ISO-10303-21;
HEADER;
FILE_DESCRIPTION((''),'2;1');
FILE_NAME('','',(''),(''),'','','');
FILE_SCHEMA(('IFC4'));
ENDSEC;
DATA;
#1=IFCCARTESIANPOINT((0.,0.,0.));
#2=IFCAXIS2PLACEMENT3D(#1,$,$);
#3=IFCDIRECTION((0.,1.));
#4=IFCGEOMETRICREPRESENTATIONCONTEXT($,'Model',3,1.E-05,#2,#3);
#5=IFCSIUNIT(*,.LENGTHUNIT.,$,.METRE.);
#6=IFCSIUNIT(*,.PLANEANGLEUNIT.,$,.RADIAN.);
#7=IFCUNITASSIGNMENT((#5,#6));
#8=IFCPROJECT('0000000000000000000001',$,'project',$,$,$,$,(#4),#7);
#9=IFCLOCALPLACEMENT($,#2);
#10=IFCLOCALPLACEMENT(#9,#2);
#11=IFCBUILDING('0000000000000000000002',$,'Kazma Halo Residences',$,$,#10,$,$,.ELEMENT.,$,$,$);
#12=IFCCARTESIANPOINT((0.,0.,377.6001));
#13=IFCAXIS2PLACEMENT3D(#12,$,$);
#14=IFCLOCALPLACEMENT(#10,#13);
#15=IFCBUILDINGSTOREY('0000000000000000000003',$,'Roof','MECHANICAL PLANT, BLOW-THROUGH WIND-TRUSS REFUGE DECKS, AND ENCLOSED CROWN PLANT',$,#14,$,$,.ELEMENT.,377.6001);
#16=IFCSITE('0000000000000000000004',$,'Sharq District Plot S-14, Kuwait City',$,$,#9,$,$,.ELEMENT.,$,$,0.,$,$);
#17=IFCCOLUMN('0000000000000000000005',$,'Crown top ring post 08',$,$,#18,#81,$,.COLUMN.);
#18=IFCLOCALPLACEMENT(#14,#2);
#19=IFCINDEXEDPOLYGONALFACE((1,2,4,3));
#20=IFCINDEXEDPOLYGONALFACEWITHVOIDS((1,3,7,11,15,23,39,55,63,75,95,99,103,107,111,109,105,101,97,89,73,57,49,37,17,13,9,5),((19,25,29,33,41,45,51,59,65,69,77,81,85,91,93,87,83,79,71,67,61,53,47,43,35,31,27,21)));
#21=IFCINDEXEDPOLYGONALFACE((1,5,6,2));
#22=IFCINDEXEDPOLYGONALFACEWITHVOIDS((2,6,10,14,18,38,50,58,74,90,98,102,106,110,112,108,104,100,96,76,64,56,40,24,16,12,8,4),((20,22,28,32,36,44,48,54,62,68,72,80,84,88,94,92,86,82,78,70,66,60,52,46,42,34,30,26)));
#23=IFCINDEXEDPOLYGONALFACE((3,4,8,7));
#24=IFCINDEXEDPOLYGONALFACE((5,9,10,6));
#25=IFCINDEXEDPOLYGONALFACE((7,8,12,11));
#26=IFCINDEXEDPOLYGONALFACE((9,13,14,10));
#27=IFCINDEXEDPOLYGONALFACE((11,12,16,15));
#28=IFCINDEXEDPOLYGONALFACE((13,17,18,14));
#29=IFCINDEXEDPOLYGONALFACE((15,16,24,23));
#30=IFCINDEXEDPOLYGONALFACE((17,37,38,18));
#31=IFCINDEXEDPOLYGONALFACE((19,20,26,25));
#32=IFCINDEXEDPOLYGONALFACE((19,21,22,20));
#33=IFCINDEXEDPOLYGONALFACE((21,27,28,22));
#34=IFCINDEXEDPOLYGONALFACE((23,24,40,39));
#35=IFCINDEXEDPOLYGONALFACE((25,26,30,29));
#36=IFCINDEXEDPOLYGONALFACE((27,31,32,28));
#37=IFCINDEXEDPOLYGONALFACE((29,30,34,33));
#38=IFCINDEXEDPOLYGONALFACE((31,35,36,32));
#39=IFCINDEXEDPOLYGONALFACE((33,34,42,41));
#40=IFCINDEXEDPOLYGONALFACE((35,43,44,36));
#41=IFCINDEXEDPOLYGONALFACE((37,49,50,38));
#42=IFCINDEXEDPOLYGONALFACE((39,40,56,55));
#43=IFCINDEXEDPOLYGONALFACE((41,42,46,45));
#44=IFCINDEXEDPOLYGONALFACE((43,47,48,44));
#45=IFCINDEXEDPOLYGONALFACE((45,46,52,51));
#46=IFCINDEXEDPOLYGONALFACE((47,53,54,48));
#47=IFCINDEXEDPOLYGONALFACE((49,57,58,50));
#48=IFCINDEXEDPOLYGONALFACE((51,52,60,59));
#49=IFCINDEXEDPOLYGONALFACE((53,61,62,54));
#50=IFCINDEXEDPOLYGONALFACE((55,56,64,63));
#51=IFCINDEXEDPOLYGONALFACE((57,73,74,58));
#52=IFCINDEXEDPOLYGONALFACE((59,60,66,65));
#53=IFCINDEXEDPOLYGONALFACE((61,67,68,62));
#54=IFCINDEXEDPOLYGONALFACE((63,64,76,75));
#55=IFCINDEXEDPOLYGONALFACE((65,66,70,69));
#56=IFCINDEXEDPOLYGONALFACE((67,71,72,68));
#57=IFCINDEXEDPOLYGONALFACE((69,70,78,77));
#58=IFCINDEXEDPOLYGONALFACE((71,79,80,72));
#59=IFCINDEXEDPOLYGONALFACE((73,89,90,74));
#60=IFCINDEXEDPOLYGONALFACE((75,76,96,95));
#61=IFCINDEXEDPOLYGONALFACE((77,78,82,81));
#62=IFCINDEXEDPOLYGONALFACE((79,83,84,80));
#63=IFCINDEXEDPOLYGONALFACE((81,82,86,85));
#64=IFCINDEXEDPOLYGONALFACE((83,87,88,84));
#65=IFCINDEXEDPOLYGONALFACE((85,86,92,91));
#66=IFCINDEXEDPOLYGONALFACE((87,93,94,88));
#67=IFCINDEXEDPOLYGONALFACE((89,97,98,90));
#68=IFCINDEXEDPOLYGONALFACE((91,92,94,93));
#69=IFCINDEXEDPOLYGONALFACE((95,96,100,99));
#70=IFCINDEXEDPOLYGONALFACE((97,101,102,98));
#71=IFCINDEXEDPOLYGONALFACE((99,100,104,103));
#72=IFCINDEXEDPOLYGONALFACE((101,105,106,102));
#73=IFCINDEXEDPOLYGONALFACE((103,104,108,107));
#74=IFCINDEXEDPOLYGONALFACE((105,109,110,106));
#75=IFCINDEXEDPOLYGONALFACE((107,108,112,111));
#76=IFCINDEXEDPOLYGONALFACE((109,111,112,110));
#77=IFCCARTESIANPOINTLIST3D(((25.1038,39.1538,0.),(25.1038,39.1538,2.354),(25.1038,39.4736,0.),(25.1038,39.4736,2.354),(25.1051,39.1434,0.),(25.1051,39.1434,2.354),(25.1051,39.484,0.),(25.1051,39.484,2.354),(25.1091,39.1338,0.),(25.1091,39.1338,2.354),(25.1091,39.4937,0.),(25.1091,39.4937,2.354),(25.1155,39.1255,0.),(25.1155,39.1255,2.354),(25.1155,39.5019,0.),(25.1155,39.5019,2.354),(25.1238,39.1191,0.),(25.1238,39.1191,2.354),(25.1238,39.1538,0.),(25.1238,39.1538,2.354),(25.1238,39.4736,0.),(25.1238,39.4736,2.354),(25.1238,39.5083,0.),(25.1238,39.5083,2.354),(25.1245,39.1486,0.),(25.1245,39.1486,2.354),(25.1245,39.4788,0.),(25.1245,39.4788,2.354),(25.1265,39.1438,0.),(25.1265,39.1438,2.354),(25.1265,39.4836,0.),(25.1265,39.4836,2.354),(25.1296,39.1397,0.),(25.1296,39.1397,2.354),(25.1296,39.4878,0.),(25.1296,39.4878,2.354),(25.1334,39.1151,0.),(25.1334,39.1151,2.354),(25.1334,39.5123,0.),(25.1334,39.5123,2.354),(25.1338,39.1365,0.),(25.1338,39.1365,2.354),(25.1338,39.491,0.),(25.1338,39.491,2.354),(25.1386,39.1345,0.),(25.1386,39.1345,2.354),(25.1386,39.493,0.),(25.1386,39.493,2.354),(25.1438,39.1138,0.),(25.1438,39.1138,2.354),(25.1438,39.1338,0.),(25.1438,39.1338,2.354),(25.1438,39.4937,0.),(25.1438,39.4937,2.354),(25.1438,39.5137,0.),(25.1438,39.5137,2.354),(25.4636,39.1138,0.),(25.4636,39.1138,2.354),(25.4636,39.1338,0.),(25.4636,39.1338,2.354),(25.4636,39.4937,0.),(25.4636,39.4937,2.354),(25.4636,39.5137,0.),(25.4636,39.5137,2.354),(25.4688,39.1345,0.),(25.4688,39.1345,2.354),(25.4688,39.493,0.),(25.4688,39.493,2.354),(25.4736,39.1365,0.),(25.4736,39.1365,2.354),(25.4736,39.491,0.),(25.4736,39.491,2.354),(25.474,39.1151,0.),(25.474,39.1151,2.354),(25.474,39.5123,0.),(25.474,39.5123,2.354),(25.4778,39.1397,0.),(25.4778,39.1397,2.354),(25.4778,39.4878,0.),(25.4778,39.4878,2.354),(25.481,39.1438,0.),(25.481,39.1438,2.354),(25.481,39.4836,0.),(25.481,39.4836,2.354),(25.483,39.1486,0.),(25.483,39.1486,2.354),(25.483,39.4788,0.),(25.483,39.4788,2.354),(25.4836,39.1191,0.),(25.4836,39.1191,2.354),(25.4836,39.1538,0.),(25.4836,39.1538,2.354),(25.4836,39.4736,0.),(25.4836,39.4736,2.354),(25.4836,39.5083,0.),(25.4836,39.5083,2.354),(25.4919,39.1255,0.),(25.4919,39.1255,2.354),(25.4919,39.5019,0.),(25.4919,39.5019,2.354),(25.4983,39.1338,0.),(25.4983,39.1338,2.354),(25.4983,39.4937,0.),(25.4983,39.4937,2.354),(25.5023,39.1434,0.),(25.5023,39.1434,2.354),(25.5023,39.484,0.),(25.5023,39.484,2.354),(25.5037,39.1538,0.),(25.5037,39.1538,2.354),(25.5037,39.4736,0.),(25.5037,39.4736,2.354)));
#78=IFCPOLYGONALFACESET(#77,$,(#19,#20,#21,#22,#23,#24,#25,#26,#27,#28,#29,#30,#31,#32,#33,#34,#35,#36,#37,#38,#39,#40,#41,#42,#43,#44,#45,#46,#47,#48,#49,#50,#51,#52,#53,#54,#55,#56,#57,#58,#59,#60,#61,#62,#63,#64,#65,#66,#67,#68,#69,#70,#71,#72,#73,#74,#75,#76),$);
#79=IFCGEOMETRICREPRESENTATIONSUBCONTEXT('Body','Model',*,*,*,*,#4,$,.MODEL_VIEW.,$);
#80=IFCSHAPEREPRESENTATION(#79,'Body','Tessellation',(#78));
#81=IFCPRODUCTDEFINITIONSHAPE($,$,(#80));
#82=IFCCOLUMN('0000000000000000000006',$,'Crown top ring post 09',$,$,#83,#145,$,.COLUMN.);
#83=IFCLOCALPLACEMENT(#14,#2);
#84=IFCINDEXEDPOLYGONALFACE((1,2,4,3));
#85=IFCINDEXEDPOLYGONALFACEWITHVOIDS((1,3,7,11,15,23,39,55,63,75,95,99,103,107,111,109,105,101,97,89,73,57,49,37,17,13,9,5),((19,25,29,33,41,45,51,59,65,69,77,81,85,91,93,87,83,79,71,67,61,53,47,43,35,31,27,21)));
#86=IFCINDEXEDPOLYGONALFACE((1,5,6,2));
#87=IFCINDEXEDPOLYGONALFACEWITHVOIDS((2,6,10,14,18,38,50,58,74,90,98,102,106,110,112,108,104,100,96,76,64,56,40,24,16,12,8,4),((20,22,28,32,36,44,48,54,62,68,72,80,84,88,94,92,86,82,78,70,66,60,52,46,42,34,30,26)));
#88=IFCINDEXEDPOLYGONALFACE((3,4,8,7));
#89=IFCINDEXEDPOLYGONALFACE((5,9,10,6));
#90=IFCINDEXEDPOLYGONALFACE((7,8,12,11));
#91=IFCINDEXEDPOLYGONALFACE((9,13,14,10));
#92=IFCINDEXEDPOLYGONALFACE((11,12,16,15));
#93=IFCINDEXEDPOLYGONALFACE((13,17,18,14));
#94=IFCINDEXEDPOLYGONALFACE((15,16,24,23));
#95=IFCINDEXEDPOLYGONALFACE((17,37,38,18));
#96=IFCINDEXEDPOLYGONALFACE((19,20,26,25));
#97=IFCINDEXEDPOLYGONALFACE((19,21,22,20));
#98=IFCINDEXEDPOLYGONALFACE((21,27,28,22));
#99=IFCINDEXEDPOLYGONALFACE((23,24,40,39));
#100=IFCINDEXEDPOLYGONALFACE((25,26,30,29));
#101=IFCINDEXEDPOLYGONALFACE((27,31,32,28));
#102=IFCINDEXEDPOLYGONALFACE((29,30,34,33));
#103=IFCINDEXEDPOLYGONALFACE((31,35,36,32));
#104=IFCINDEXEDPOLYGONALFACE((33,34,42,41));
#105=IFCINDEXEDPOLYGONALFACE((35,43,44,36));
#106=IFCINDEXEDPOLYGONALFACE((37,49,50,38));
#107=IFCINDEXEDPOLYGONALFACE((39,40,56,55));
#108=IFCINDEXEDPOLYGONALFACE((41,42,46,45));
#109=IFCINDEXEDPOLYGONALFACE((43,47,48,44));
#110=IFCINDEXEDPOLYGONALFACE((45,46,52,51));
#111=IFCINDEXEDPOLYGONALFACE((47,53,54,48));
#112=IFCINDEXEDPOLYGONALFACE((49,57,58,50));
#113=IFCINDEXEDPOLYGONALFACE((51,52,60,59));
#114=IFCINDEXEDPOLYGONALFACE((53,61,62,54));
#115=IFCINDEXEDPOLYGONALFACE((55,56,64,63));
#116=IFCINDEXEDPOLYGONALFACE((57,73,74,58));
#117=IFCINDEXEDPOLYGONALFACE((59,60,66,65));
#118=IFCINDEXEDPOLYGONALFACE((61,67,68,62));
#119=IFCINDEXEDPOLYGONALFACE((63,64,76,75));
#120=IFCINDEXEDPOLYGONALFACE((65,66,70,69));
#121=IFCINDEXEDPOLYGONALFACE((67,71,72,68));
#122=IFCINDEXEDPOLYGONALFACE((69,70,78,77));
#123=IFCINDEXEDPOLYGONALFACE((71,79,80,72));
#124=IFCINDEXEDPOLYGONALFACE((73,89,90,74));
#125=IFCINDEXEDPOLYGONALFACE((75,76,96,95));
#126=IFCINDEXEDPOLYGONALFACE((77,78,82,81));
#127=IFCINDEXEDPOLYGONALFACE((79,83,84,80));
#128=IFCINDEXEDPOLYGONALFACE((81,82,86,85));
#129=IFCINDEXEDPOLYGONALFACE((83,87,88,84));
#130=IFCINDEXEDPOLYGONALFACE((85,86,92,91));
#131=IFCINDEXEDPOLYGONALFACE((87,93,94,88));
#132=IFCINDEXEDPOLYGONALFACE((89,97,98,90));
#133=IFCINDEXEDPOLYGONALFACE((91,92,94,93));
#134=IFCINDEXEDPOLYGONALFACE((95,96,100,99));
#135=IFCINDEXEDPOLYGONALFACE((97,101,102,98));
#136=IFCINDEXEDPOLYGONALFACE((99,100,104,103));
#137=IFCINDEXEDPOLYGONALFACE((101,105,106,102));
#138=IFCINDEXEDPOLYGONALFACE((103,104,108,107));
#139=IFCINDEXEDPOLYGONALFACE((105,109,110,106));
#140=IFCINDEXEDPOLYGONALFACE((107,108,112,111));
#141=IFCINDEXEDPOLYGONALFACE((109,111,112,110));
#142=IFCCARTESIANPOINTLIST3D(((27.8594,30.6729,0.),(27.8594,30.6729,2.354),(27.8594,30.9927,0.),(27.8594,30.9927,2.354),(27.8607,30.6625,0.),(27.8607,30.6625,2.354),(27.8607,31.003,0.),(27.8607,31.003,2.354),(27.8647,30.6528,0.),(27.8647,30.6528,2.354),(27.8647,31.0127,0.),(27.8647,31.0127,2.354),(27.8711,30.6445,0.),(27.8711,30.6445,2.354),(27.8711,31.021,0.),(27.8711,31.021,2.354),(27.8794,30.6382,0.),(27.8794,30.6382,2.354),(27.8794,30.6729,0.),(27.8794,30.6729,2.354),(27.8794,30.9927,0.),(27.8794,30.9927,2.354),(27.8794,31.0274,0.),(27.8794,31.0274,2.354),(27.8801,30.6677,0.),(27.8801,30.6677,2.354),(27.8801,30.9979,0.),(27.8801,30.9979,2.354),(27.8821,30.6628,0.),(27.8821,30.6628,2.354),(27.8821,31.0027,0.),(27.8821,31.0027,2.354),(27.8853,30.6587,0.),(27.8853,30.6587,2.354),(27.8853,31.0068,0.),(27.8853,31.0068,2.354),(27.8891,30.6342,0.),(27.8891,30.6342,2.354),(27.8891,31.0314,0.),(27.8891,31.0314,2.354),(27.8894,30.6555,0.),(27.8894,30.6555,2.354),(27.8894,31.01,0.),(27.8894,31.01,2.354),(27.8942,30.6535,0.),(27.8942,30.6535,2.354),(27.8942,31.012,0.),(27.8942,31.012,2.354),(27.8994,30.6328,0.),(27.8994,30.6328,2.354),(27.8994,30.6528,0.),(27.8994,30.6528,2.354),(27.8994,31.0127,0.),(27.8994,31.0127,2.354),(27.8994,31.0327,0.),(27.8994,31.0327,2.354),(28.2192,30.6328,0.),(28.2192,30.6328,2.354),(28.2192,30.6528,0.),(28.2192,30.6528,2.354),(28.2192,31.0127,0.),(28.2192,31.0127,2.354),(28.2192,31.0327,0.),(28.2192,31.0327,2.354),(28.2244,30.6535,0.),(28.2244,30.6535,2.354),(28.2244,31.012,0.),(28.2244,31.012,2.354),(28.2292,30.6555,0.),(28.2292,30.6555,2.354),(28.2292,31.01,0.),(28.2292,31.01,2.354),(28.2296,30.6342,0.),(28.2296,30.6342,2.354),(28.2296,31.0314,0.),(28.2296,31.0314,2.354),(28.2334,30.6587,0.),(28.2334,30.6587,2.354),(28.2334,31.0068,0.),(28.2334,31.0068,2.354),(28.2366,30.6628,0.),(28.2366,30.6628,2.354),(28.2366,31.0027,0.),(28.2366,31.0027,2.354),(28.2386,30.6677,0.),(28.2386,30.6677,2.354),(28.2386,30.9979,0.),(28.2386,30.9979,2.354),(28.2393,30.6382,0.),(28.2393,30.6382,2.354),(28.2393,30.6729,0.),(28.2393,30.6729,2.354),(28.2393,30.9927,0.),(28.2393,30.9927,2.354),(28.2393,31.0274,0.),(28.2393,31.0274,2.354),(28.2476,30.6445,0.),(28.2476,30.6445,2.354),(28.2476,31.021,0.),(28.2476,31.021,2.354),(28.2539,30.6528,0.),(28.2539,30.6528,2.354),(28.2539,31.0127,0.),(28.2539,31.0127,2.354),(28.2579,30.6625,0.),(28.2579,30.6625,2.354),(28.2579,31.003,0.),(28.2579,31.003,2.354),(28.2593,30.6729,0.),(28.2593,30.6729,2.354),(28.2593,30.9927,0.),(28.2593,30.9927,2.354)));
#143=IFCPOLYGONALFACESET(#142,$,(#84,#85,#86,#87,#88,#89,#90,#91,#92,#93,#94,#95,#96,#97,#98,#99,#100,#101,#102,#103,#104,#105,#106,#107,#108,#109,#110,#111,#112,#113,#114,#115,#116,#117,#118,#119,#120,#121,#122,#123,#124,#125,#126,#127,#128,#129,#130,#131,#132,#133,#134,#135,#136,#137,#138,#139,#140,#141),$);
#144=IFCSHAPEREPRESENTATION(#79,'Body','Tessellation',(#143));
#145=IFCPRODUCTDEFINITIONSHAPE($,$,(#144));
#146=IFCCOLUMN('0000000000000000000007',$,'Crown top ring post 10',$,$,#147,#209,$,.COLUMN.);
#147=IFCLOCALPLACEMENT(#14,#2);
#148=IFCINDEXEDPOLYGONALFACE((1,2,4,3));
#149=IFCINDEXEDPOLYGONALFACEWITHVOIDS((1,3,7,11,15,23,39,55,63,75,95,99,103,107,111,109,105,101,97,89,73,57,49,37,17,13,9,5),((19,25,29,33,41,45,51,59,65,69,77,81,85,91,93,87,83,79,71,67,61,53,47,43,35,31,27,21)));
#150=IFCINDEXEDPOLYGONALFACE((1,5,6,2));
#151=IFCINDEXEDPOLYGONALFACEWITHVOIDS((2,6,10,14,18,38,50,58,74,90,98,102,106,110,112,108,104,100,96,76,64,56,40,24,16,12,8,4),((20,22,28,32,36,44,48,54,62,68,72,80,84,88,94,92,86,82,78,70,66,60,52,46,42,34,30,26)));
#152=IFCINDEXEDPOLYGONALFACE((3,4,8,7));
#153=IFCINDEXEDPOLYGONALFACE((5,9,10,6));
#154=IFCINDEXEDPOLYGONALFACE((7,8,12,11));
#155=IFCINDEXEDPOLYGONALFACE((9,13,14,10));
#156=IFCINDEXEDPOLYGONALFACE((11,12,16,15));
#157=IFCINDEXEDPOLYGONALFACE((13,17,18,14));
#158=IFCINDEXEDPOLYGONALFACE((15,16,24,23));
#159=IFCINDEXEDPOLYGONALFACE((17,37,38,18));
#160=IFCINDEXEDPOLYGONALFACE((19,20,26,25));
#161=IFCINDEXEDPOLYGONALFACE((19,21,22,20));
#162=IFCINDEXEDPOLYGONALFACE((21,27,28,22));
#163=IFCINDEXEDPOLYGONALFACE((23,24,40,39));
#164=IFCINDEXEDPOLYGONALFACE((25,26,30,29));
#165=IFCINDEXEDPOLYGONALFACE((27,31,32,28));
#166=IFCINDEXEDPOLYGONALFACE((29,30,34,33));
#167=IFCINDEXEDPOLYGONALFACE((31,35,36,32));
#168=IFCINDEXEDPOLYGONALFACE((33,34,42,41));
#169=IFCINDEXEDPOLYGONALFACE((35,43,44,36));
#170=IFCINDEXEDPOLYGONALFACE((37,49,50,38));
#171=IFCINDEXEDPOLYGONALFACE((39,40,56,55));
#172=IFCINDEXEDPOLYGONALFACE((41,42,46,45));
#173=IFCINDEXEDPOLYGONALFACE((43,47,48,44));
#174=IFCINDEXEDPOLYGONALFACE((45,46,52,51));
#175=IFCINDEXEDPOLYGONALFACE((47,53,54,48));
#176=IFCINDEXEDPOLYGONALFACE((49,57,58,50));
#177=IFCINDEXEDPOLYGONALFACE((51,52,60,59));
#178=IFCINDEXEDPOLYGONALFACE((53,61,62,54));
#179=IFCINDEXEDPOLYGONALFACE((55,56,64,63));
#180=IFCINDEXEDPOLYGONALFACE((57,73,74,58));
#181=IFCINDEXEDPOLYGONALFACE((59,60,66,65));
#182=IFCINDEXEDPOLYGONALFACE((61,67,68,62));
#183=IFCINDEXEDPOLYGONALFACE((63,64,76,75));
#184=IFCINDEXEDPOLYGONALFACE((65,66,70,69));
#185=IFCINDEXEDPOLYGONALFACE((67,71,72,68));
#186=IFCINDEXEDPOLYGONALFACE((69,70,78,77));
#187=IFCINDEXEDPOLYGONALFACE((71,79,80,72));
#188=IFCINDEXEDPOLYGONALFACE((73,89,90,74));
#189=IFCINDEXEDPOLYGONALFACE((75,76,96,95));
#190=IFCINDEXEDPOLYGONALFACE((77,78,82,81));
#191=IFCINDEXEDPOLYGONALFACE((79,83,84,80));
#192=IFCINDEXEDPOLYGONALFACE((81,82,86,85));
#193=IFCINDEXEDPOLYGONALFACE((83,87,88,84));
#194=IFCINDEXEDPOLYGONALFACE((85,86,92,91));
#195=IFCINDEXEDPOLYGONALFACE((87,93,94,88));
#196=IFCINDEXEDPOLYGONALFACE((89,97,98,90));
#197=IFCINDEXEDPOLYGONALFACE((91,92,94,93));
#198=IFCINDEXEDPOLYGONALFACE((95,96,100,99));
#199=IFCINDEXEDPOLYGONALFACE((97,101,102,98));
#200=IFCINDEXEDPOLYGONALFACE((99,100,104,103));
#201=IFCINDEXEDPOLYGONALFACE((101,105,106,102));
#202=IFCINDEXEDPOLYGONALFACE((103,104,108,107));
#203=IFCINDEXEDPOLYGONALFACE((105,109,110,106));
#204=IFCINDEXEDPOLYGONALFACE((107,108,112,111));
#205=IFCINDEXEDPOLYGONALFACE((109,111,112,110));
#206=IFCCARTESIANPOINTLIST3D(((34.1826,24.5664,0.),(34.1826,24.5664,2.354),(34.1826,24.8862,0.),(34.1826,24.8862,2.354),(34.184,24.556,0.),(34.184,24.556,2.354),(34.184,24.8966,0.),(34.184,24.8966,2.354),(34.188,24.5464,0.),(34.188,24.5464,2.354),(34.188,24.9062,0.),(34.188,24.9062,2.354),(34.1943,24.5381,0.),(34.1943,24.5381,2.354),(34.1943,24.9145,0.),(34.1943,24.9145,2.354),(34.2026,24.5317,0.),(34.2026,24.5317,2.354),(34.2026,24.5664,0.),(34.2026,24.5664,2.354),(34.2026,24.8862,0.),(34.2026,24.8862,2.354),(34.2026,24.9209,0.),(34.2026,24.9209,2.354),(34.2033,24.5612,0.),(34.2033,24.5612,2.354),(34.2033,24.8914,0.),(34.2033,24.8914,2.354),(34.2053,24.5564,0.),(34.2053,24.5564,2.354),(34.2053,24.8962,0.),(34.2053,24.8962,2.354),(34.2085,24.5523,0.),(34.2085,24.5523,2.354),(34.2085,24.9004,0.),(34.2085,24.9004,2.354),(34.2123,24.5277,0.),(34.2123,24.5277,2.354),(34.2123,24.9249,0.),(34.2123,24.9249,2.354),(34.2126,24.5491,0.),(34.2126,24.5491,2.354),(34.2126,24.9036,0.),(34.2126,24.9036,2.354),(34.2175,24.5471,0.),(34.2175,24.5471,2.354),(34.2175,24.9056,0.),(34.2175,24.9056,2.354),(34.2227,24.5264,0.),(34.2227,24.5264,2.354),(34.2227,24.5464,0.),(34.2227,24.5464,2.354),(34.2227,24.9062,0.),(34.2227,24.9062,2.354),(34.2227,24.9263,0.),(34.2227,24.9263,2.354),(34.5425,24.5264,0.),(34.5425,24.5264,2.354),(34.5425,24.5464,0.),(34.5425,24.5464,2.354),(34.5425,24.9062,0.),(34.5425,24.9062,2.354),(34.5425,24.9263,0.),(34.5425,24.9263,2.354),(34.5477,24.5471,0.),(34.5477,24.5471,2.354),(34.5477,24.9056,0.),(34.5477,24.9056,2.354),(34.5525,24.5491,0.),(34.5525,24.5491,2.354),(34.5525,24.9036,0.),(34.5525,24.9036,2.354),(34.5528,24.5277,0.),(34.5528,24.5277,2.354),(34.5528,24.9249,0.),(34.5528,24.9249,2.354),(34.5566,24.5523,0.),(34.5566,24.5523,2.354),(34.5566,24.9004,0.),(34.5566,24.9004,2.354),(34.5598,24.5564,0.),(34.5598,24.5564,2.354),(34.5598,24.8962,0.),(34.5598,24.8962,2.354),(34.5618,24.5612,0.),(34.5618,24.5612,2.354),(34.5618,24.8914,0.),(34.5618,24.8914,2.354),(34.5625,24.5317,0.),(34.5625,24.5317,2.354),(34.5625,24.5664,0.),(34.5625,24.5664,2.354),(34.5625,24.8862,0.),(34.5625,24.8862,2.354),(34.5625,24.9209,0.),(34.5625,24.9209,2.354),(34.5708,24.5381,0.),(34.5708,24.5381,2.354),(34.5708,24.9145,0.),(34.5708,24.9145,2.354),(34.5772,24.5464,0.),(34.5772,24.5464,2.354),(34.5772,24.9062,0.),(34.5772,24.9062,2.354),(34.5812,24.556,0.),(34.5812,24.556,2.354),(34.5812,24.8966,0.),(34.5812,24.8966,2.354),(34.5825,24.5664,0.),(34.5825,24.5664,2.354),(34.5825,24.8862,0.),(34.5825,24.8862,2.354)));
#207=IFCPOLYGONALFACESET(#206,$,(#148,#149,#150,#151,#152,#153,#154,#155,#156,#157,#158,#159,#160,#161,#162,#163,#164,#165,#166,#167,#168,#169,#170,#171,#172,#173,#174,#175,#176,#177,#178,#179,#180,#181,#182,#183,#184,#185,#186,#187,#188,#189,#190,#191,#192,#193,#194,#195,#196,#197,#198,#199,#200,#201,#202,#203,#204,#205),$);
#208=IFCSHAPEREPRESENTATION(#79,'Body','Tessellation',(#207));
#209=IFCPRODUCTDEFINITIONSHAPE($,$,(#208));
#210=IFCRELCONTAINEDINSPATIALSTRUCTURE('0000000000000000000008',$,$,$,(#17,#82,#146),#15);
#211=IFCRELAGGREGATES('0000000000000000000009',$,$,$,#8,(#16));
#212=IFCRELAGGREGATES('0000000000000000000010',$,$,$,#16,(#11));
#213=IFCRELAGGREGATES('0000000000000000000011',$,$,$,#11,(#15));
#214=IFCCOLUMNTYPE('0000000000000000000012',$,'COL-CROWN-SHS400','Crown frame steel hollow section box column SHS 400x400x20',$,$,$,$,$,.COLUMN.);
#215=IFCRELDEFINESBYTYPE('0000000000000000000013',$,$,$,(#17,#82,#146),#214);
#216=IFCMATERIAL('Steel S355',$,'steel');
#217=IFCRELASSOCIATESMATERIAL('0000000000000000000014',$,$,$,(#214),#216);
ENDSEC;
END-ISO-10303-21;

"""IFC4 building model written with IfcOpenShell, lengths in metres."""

from ifc_helpers import new_model, si_unit, direction, frame, origin, origin_2d, place, context, subcontext, project, spatial, hollow_rectangle, extrude, material, material_profile, profile_set, type_object, element, save


model = new_model("IFC4")

# Units and contexts
model_context = context("Model", 3, precision=1e-05, world=origin(), true_north=direction((0.0, 1.0)))
body_context = subcontext(model_context, "Body", "Model", "MODEL_VIEW")
ifc_project = project(units=[si_unit("LENGTHUNIT", "METRE"), si_unit("PLANEANGLEUNIT", "RADIAN")], contexts=[model_context])

# Site, building, storey
site_placement = place(None, origin())
site = spatial("IfcSite", under=ifc_project, at=site_placement, Name="Sharq District Plot S-14, Kuwait City", CompositionType="ELEMENT", RefElevation=0.0)
building_placement = place(site_placement, origin())
building = spatial("IfcBuilding", under=site, at=building_placement, Name="Kazma Halo Residences", CompositionType="ELEMENT")
storey_placement = place(building_placement, frame((0.0, 0.0, 377.6001)))
storey = spatial("IfcBuildingStorey", under=building, at=storey_placement, Name="Roof", Description="MECHANICAL PLANT, BLOW-THROUGH WIND-TRUSS REFUGE DECKS, AND ENCLOSED CROWN PLANT", CompositionType="ELEMENT", Elevation=377.6001)

# Columns
ifc_material_1 = material(Name="Steel S355", Category="steel")
ifc_material_profile_1 = material_profile(ifc_material_1, hollow_rectangle(XDim=0.3999, YDim=0.3999, WallThickness=0.02, InnerFilletRadius=0.02, OuterFilletRadius=0.04, at=origin_2d()), Name="SHS400x400x20")
ifc_profile_set_1 = profile_set([ifc_material_profile_1], Name="Steel S355")
column_type = type_object("IfcColumnType", Name="COL-CROWN-SHS400", Description="Crown frame steel hollow section box column SHS 400x400x20", PredefinedType="COLUMN", material=ifc_profile_set_1)
for number, where, z_axis, x_axis, name in (
    (1, (25.3037, 39.3137, 0.0), (0.0, 0.0, 1.0), (1.0, 0.0, 0.0), "Crown top ring post 08"),
    (2, (28.0593, 30.8328, 0.0), (0.0, 0.0, 1.0), (1.0, 0.0, 0.0), "Crown top ring post 09"),
    (3, (34.3826, 24.7263, 0.0), (0.0, 0.0, 1.0), (1.0, 0.0, 0.0), "Crown top ring post 10"),
):
    element("IfcColumn", number, at=place(storey_placement, frame(where, z_axis=z_axis, x_axis=x_axis)), inside=storey, type_object=column_type, Name=name, PredefinedType="COLUMN", context=body_context, shape_type="SweptSolid", body=[
        extrude(hollow_rectangle(XDim=0.3999, YDim=0.3999, WallThickness=0.02, InnerFilletRadius=0.02, OuterFilletRadius=0.04, at=origin_2d()), origin(), (0.0, 0.0, 1.0), 2.354),
    ])

save(model, "model.ifc")
